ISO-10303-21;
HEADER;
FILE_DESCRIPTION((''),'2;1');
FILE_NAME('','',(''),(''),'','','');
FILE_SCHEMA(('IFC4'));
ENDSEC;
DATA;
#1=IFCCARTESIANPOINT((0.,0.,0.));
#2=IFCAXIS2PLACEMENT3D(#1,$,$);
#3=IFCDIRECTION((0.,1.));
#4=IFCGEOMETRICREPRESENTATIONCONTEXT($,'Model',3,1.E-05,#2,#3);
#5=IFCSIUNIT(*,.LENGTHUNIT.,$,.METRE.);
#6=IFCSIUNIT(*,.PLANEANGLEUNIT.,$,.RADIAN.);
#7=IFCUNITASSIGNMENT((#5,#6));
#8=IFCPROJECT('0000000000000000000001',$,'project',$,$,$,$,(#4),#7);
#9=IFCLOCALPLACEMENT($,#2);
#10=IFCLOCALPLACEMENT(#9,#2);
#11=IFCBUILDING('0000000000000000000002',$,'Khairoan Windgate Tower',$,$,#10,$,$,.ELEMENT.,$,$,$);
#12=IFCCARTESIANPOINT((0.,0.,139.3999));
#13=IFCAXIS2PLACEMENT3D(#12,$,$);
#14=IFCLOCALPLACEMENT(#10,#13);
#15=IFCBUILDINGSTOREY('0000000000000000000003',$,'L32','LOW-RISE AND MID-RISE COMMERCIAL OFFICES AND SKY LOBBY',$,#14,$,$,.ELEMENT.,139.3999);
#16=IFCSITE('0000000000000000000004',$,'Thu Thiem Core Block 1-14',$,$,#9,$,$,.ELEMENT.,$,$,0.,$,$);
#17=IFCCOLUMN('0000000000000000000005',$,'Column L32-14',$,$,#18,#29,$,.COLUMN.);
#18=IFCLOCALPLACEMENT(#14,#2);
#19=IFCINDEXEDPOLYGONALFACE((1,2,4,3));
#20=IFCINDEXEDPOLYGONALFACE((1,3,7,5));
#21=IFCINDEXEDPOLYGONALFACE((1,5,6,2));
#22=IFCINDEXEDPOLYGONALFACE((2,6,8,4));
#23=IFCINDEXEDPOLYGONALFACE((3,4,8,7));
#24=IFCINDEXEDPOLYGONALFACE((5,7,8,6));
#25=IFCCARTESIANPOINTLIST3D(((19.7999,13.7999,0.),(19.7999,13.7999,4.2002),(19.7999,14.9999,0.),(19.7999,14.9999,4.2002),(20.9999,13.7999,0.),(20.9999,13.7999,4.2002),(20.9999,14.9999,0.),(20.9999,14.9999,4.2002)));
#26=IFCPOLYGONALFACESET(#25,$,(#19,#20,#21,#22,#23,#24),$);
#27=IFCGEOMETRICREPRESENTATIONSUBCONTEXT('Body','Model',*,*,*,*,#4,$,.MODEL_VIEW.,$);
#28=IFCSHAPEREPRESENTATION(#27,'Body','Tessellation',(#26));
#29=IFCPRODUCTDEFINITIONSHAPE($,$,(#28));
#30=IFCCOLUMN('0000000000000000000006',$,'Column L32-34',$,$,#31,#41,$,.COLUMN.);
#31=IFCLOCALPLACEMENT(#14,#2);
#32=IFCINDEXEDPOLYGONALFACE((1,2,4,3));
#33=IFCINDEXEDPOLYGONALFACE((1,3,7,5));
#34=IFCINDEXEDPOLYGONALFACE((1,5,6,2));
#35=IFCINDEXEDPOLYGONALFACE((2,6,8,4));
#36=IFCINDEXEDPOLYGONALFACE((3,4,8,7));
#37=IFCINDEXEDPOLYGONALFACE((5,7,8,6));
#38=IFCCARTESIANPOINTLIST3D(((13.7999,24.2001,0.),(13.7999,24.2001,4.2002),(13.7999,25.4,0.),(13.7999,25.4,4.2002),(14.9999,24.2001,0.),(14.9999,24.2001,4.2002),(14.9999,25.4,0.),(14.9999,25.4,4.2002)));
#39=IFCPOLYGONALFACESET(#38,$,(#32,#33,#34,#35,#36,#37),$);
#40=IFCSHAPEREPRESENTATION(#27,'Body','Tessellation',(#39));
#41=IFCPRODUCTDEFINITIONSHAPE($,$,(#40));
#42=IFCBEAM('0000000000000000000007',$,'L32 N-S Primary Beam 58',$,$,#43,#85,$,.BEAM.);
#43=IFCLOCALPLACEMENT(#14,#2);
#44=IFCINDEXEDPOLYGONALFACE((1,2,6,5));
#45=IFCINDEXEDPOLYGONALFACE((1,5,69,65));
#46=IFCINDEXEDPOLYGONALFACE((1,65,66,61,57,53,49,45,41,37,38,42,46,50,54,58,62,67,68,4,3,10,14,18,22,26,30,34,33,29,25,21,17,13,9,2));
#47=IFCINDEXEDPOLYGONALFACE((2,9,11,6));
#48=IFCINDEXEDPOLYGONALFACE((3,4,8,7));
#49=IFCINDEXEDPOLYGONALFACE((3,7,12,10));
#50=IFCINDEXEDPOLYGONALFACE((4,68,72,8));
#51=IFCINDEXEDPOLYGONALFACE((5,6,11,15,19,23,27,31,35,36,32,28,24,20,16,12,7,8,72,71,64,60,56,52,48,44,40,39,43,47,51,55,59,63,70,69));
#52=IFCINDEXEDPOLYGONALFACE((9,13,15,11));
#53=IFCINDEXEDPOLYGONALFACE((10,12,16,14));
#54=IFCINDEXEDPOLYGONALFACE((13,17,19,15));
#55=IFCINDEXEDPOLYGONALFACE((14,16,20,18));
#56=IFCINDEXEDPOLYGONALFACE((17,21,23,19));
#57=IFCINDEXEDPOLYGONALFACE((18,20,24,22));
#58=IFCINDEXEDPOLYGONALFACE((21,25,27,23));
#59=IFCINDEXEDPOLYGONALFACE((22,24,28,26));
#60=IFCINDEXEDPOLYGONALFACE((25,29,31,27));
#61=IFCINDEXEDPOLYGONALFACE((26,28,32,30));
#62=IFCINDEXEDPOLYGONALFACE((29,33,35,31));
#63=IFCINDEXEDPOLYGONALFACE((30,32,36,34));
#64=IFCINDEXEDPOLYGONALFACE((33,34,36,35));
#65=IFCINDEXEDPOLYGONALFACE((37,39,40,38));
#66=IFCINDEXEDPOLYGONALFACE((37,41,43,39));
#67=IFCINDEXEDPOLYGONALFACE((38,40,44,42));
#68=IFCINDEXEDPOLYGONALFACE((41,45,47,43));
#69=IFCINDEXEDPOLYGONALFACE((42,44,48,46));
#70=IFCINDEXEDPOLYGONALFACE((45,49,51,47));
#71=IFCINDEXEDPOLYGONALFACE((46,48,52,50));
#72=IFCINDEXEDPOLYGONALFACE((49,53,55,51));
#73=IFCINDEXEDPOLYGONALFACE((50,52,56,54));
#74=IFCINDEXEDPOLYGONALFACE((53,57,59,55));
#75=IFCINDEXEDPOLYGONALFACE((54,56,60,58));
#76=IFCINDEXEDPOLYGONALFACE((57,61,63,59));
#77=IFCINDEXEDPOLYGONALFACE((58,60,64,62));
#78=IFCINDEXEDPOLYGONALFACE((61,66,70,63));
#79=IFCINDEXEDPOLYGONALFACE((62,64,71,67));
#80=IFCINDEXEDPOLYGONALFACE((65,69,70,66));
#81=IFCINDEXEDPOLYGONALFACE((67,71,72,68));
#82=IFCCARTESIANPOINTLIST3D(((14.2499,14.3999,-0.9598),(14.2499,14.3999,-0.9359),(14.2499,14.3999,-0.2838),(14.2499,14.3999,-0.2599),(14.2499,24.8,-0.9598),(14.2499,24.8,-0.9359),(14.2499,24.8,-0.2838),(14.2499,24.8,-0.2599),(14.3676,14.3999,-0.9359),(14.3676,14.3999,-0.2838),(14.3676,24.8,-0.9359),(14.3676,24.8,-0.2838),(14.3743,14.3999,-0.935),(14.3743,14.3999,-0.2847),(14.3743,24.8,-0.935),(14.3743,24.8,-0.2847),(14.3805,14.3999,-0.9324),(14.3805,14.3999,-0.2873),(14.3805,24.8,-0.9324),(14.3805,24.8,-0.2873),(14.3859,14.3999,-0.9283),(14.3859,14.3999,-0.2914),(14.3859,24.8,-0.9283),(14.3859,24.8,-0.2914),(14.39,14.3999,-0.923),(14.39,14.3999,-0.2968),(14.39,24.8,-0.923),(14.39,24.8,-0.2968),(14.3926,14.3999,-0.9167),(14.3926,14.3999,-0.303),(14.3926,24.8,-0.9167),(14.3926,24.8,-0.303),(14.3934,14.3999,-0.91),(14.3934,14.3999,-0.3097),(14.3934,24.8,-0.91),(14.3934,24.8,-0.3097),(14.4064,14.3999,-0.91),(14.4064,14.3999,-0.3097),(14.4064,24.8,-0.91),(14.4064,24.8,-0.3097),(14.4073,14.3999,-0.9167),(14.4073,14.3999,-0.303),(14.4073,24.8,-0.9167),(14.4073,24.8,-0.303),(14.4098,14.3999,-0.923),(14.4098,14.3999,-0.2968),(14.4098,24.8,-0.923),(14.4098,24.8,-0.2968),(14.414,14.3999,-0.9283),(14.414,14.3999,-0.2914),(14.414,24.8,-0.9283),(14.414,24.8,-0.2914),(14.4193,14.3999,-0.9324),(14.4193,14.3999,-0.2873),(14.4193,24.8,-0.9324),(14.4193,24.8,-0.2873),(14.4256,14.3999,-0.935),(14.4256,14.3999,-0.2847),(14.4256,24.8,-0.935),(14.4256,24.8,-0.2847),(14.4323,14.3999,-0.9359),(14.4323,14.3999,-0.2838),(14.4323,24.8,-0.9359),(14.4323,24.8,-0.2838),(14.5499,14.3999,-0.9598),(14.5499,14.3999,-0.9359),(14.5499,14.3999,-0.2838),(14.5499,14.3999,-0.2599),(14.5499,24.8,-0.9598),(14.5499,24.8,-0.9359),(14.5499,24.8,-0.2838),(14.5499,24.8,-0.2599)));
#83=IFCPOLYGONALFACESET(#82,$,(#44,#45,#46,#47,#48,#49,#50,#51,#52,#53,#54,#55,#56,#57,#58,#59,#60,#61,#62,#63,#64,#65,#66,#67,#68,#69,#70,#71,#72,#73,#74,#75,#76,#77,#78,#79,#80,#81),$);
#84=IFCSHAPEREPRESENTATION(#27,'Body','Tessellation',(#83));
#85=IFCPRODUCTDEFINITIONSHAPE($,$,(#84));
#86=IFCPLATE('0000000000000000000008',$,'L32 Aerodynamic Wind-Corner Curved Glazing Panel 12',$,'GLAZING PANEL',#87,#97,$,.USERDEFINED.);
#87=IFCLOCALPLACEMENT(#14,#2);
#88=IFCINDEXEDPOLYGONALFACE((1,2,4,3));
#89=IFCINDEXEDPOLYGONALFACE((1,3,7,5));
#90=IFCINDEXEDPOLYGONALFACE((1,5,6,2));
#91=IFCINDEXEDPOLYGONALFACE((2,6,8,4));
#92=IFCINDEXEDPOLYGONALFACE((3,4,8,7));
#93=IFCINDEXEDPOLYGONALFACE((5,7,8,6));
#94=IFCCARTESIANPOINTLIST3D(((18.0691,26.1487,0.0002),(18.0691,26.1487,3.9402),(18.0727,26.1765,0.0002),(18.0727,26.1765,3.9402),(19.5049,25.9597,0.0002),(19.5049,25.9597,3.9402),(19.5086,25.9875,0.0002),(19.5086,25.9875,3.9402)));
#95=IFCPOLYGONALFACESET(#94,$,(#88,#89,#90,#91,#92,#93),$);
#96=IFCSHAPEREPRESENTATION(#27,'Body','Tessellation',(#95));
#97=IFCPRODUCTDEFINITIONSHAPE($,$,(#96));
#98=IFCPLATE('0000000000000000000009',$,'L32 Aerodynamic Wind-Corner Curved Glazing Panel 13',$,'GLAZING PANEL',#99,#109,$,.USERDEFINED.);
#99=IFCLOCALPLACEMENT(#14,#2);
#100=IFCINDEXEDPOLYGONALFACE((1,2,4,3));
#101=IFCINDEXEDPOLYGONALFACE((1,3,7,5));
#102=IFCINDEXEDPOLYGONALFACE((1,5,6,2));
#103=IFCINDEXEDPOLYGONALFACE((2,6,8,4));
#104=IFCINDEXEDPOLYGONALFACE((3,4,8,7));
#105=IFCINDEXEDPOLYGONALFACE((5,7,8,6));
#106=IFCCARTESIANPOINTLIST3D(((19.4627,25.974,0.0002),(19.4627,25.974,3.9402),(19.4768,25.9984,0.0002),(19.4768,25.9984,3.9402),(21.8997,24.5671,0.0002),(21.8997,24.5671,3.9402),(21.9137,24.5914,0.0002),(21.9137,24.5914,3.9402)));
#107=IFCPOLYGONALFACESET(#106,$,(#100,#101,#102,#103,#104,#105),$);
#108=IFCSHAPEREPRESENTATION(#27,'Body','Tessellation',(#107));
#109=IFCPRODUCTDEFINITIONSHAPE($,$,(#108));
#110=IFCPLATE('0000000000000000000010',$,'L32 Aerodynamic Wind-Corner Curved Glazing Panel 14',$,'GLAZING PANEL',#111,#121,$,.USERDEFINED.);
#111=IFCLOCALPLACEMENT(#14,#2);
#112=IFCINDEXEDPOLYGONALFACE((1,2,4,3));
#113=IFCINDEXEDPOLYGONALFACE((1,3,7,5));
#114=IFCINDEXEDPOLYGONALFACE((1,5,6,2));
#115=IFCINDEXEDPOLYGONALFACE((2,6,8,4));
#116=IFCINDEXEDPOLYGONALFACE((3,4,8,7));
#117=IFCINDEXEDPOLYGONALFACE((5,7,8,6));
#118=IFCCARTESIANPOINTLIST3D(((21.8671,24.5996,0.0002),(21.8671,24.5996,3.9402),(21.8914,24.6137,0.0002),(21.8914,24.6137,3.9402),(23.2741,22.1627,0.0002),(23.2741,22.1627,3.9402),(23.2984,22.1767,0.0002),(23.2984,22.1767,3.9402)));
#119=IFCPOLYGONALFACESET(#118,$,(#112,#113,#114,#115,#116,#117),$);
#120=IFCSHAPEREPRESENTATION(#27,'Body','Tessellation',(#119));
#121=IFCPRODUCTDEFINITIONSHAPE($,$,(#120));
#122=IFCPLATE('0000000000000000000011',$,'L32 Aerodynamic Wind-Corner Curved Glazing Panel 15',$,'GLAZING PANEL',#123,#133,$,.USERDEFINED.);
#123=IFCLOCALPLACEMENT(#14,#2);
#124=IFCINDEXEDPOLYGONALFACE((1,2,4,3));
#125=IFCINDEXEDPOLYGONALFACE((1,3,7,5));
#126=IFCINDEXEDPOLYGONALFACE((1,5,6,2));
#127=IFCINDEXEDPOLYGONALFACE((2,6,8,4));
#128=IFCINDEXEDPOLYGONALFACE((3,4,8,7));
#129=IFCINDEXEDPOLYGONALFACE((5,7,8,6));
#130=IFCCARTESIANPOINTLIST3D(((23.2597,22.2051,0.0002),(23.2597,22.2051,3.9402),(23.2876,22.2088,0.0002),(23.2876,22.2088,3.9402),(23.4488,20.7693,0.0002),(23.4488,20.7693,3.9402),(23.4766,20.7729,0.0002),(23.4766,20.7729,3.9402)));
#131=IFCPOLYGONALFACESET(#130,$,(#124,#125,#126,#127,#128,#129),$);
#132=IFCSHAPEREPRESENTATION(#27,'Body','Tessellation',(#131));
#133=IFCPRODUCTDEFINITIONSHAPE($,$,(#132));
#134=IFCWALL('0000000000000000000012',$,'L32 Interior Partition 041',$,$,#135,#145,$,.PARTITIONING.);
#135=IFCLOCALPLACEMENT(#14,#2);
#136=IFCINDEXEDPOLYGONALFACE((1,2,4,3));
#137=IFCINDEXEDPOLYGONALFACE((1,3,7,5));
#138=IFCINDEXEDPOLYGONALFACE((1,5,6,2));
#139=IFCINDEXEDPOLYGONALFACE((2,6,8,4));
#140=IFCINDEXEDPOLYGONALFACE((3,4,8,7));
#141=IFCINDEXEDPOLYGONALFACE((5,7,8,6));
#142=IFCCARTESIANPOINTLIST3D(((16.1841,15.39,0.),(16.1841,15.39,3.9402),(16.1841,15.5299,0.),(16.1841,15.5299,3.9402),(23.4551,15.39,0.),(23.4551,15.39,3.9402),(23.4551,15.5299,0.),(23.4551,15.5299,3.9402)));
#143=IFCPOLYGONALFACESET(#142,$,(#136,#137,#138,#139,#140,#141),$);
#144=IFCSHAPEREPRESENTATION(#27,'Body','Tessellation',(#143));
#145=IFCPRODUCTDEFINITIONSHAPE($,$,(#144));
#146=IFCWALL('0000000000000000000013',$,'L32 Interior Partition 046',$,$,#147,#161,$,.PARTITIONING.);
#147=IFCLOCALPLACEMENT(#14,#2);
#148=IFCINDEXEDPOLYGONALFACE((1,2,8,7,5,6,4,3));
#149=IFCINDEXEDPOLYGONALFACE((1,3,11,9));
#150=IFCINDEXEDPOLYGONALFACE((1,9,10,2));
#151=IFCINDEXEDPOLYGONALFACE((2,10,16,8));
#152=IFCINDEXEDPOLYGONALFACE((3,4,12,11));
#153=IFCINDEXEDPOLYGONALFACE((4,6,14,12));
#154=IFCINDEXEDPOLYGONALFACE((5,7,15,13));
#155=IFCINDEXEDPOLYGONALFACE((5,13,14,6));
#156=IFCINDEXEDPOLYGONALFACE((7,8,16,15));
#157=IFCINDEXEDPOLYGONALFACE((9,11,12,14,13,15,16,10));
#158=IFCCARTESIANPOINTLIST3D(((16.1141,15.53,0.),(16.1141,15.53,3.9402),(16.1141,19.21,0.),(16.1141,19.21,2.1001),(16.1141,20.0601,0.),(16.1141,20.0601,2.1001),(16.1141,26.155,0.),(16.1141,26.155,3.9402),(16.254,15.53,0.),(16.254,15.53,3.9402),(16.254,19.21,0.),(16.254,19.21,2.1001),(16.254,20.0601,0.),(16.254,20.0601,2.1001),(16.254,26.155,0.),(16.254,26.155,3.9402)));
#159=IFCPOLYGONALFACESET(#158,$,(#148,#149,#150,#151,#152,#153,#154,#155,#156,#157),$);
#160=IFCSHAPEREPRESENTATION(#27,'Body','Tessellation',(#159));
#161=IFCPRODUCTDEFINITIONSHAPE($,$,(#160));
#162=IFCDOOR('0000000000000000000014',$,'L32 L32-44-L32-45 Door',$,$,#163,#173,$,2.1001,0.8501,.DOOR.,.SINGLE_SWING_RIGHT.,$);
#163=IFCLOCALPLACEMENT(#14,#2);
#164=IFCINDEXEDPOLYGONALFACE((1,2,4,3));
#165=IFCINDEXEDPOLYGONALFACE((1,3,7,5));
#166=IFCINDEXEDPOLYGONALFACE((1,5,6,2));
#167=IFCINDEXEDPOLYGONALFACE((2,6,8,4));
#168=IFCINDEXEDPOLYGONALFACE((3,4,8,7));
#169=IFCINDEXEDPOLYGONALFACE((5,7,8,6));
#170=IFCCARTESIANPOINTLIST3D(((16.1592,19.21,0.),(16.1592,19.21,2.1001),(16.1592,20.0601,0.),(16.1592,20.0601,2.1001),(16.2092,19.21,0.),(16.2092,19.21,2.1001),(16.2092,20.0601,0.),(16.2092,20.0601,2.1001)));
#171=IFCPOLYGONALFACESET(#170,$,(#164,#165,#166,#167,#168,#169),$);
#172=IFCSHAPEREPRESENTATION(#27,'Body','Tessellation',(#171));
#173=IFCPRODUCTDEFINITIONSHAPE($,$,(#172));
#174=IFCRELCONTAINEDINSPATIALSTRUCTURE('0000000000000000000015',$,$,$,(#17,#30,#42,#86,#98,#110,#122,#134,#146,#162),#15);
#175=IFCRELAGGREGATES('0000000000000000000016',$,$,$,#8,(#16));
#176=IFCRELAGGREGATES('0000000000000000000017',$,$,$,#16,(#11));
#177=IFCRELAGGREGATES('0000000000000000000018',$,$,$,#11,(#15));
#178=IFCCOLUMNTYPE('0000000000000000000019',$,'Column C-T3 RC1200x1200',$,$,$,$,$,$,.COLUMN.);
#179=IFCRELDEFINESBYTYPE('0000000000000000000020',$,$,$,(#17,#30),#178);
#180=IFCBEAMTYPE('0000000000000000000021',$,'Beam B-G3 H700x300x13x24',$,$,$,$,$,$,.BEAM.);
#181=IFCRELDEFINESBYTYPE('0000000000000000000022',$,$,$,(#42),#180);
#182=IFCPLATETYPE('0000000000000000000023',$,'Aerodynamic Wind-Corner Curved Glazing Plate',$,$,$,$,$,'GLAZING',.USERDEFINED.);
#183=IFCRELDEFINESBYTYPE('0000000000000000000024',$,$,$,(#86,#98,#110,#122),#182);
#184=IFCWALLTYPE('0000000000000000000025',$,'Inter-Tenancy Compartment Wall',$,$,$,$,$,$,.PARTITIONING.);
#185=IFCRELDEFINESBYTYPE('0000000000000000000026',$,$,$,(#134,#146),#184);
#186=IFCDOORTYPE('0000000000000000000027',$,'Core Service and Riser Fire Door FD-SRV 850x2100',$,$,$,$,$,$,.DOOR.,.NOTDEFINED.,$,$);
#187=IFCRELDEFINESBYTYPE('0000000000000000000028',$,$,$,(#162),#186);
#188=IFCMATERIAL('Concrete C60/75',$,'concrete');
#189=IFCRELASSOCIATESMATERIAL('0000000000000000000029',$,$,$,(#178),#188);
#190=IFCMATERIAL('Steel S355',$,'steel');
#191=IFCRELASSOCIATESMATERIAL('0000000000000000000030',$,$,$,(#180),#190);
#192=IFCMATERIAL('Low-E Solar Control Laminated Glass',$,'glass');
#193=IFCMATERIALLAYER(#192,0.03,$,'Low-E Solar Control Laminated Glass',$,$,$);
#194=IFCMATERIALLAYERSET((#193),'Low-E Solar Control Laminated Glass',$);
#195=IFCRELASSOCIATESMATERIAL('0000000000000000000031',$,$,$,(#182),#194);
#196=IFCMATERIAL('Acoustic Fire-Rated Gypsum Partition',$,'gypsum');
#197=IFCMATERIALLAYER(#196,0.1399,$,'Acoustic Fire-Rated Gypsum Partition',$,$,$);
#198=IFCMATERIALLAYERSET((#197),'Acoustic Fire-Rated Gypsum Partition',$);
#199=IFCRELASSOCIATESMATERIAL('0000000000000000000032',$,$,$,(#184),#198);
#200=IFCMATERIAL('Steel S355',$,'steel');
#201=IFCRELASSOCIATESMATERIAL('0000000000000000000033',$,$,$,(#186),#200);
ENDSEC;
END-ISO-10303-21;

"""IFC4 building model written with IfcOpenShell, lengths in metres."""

from ifc_helpers import new_model, si_unit, direction, frame, frame_2d, origin, origin_2d, place, context, subcontext, project, spatial, rectangle, i_section, extrude, material, layer, layer_set, material_profile, profile_set, type_object, element, fill, save


model = new_model("IFC4")

# Units and contexts
model_context = context("Model", 3, precision=1e-05, world=origin(), true_north=direction((0.0, 1.0)))
body_context = subcontext(model_context, "Body", "Model", "MODEL_VIEW")
ifc_project = project(units=[si_unit("LENGTHUNIT", "METRE"), si_unit("PLANEANGLEUNIT", "RADIAN")], contexts=[model_context])

# Site, building, storey
site_placement = place(None, origin())
site = spatial("IfcSite", under=ifc_project, at=site_placement, Name="Thu Thiem Core Block 1-14", CompositionType="ELEMENT", RefElevation=0.0)
building_placement = place(site_placement, origin())
building = spatial("IfcBuilding", under=site, at=building_placement, Name="Khairoan Windgate Tower", CompositionType="ELEMENT")
storey_placement = place(building_placement, frame((0.0, 0.0, 139.3999)))
storey = spatial("IfcBuildingStorey", under=building, at=storey_placement, Name="L32", Description="LOW-RISE AND MID-RISE COMMERCIAL OFFICES AND SKY LOBBY", CompositionType="ELEMENT", Elevation=139.3999)

# Columns
ifc_material_1 = material(Name="Concrete C60/75", Category="concrete")
ifc_material_profile_1 = material_profile(ifc_material_1, rectangle(XDim=1.2, YDim=1.2, at=origin_2d()))
ifc_profile_set_1 = profile_set([ifc_material_profile_1], Name="Concrete C60/75")
column_type = type_object("IfcColumnType", Name="Column C-T3 RC1200x1200", PredefinedType="COLUMN", material=ifc_profile_set_1)
for number, where, z_axis, x_axis, name in (
    (1, (20.3999, 14.3999, 0.0), (0.0, 0.0, 1.0), (1.0, 0.0, 0.0), "Column L32-14"),
    (2, (14.3999, 24.8, 0.0), (0.0, 0.0, 1.0), (1.0, 0.0, 0.0), "Column L32-34"),
):
    element("IfcColumn", number, at=place(storey_placement, frame(where, z_axis=z_axis, x_axis=x_axis)), inside=storey, type_object=column_type, Name=name, PredefinedType="COLUMN", context=body_context, shape_type="SweptSolid", body=[
        extrude(rectangle(XDim=1.2, YDim=1.2, at=origin_2d()), origin(), (0.0, 0.0, 1.0), 4.2002),
    ])

# Beam
ifc_material_2 = material(Name="Steel S355", Category="steel")
ifc_material_profile_2 = material_profile(ifc_material_2, i_section(OverallWidth=0.3, OverallDepth=0.7, WebThickness=0.0129, FlangeThickness=0.0239, FilletRadius=0.0259, at=origin_2d()))
ifc_profile_set_2 = profile_set([ifc_material_profile_2], Name="Steel S355")
beam_type = type_object("IfcBeamType", Name="Beam B-G3 H700x300x13x24", PredefinedType="BEAM", material=ifc_profile_set_2)
beam_placement = place(storey_placement, frame((14.3999, 14.3999, -0.6099), z_axis=(0.0, 1.0, 0.0), x_axis=(-1.0, 0.0, 0.0)))
element("IfcBeam", 3, at=beam_placement, inside=storey, type_object=beam_type, Name="L32 N-S Primary Beam 58", PredefinedType="BEAM", context=body_context, shape_type="SweptSolid", body=[
    extrude(i_section(OverallWidth=0.3, OverallDepth=0.7, WebThickness=0.0129, FlangeThickness=0.0239, FilletRadius=0.0259, at=origin_2d()), origin(), (0.0, 0.0, 1.0), 10.4001),
])

# Plates
ifc_material_3 = material(Name="Low-E Solar Control Laminated Glass", Category="glass")
ifc_layer_1 = layer(ifc_material_3, 0.03, Name="Low-E Solar Control Laminated Glass")
ifc_layer_set_1 = layer_set([ifc_layer_1], Name="Low-E Solar Control Laminated Glass")
plate_type_1 = type_object("IfcPlateType", Name="Aerodynamic Wind-Corner Curved Glazing Plate", ElementType="GLAZING", PredefinedType="USERDEFINED", material=ifc_layer_set_1)
plate_1_placement = place(storey_placement, frame((18.7888, 26.0681, 0.0002), z_axis=(0.0, 0.0, 1.0), x_axis=(0.991445, -0.130526, 0.0)))
element("IfcPlate", 4, at=plate_1_placement, inside=storey, type_object=plate_type_1, Name="L32 Aerodynamic Wind-Corner Curved Glazing Panel 12", ObjectType="GLAZING PANEL", PredefinedType="USERDEFINED", context=body_context, shape_type="SweptSolid", body=[
    extrude(rectangle(XDim=1.4482, YDim=0.0281, at=origin_2d()), origin(), (0.0, 0.0, 1.0), 3.9399),
])
for number, where, z_axis, x_axis, name in (
    (5, (20.6882, 25.2827, 0.0002), (0.0, 0.0, 1.0), (0.866025, -0.5, 0.0), "L32 Aerodynamic Wind-Corner Curved Glazing Panel 13"),
    (6, (22.5828, 23.3882, 0.0002), (0.0, 0.0, 1.0), (0.5, -0.866025, 0.0), "L32 Aerodynamic Wind-Corner Curved Glazing Panel 14"),
):
    element("IfcPlate", number, at=place(storey_placement, frame(where, z_axis=z_axis, x_axis=x_axis)), inside=storey, type_object=plate_type_1, Name=name, ObjectType="GLAZING PANEL", PredefinedType="USERDEFINED", context=body_context, shape_type="SweptSolid", body=[
        extrude(rectangle(XDim=2.814, YDim=0.0281, at=origin_2d()), origin(), (0.0, 0.0, 1.0), 3.9399),
    ])
plate_2_placement = place(storey_placement, frame((23.3682, 21.489, 0.0002), z_axis=(0.0, 0.0, 1.0), x_axis=(0.130526, -0.991445, 0.0)))
element("IfcPlate", 7, at=plate_2_placement, inside=storey, type_object=plate_type_1, Name="L32 Aerodynamic Wind-Corner Curved Glazing Panel 15", ObjectType="GLAZING PANEL", PredefinedType="USERDEFINED", context=body_context, shape_type="SweptSolid", body=[
    extrude(rectangle(XDim=1.4482, YDim=0.0281, at=origin_2d()), origin(), (0.0, 0.0, 1.0), 3.9399),
])

# Wall
ifc_material_4 = material(Name="Acoustic Fire-Rated Gypsum Partition", Category="gypsum")
ifc_layer_2 = layer(ifc_material_4, 0.1399, Name="Acoustic Fire-Rated Gypsum Partition")
ifc_layer_set_2 = layer_set([ifc_layer_2], Name="Acoustic Fire-Rated Gypsum Partition")
wall_type = type_object("IfcWallType", Name="Inter-Tenancy Compartment Wall", PredefinedType="PARTITIONING", material=ifc_layer_set_2)
wall_1_placement = place(storey_placement, frame((16.1841, 15.46, 0.0), z_axis=(0.0, 0.0, 1.0), x_axis=(1.0, 0.0, 0.0)))
element("IfcWall", 8, at=wall_1_placement, inside=storey, type_object=wall_type, Name="L32 Interior Partition 041", PredefinedType="PARTITIONING", context=body_context, shape_type="SweptSolid", body=[
    extrude(rectangle(XDim=7.271, YDim=0.1399, at=frame_2d((3.6355, 0.0))), origin(), (0.0, 0.0, 1.0), 3.9402),
])

# Wall, opening, door
wall_2_placement = place(storey_placement, frame((16.1841, 15.53, 0.0), z_axis=(0.0, 0.0, 1.0), x_axis=(0.0, 1.0, 0.0)))
wall_2 = element("IfcWall", 9, at=wall_2_placement, inside=storey, type_object=wall_type, Name="L32 Interior Partition 046", PredefinedType="PARTITIONING", context=body_context, shape_type="SweptSolid", body=[
    extrude(rectangle(XDim=10.625, YDim=0.1399, at=frame_2d((5.3125, 0.0))), origin(), (0.0, 0.0, 1.0), 3.9402),
])
opening_placement = place(wall_2_placement, frame((3.6799, 0.0, 0.0)))
opening = element("IfcOpeningElement", 10, at=opening_placement, cuts=wall_2, PredefinedType="OPENING", context=body_context, shape_type="SweptSolid", body=[
    extrude(rectangle(XDim=0.8501, YDim=2.1001, at=frame_2d((0.425, 1.05))), frame((0.0, 0.0798, 0.0), z_axis=(0.0, -1.0, 0.0), x_axis=(1.0, 0.0, 0.0)), (0.0, 0.0, 1.0), 0.1599),
])
ifc_material_5 = material(Name="Steel S355", Category="steel")
door_type = type_object("IfcDoorType", Name="Core Service and Riser Fire Door FD-SRV 850x2100", OperationType="NOTDEFINED", PredefinedType="DOOR", material=ifc_material_5)
door_placement = place(opening_placement, origin())
door = element("IfcDoor", 11, at=door_placement, inside=storey, type_object=door_type, Name="L32 L32-44-L32-45 Door", OperationType="SINGLE_SWING_RIGHT", OverallHeight=2.1001, OverallWidth=0.8501, PredefinedType="DOOR", context=body_context, shape_type="SweptSolid", body=[
    extrude(rectangle(XDim=0.8501, YDim=2.1001, at=frame_2d((0.425, 1.05))), frame((0.0, 0.0249, 0.0), z_axis=(0.0, -1.0, 0.0), x_axis=(1.0, 0.0, 0.0)), (0.0, 0.0, 1.0), 0.05),
])
fill(opening, door)

save(model, "model.ifc")
